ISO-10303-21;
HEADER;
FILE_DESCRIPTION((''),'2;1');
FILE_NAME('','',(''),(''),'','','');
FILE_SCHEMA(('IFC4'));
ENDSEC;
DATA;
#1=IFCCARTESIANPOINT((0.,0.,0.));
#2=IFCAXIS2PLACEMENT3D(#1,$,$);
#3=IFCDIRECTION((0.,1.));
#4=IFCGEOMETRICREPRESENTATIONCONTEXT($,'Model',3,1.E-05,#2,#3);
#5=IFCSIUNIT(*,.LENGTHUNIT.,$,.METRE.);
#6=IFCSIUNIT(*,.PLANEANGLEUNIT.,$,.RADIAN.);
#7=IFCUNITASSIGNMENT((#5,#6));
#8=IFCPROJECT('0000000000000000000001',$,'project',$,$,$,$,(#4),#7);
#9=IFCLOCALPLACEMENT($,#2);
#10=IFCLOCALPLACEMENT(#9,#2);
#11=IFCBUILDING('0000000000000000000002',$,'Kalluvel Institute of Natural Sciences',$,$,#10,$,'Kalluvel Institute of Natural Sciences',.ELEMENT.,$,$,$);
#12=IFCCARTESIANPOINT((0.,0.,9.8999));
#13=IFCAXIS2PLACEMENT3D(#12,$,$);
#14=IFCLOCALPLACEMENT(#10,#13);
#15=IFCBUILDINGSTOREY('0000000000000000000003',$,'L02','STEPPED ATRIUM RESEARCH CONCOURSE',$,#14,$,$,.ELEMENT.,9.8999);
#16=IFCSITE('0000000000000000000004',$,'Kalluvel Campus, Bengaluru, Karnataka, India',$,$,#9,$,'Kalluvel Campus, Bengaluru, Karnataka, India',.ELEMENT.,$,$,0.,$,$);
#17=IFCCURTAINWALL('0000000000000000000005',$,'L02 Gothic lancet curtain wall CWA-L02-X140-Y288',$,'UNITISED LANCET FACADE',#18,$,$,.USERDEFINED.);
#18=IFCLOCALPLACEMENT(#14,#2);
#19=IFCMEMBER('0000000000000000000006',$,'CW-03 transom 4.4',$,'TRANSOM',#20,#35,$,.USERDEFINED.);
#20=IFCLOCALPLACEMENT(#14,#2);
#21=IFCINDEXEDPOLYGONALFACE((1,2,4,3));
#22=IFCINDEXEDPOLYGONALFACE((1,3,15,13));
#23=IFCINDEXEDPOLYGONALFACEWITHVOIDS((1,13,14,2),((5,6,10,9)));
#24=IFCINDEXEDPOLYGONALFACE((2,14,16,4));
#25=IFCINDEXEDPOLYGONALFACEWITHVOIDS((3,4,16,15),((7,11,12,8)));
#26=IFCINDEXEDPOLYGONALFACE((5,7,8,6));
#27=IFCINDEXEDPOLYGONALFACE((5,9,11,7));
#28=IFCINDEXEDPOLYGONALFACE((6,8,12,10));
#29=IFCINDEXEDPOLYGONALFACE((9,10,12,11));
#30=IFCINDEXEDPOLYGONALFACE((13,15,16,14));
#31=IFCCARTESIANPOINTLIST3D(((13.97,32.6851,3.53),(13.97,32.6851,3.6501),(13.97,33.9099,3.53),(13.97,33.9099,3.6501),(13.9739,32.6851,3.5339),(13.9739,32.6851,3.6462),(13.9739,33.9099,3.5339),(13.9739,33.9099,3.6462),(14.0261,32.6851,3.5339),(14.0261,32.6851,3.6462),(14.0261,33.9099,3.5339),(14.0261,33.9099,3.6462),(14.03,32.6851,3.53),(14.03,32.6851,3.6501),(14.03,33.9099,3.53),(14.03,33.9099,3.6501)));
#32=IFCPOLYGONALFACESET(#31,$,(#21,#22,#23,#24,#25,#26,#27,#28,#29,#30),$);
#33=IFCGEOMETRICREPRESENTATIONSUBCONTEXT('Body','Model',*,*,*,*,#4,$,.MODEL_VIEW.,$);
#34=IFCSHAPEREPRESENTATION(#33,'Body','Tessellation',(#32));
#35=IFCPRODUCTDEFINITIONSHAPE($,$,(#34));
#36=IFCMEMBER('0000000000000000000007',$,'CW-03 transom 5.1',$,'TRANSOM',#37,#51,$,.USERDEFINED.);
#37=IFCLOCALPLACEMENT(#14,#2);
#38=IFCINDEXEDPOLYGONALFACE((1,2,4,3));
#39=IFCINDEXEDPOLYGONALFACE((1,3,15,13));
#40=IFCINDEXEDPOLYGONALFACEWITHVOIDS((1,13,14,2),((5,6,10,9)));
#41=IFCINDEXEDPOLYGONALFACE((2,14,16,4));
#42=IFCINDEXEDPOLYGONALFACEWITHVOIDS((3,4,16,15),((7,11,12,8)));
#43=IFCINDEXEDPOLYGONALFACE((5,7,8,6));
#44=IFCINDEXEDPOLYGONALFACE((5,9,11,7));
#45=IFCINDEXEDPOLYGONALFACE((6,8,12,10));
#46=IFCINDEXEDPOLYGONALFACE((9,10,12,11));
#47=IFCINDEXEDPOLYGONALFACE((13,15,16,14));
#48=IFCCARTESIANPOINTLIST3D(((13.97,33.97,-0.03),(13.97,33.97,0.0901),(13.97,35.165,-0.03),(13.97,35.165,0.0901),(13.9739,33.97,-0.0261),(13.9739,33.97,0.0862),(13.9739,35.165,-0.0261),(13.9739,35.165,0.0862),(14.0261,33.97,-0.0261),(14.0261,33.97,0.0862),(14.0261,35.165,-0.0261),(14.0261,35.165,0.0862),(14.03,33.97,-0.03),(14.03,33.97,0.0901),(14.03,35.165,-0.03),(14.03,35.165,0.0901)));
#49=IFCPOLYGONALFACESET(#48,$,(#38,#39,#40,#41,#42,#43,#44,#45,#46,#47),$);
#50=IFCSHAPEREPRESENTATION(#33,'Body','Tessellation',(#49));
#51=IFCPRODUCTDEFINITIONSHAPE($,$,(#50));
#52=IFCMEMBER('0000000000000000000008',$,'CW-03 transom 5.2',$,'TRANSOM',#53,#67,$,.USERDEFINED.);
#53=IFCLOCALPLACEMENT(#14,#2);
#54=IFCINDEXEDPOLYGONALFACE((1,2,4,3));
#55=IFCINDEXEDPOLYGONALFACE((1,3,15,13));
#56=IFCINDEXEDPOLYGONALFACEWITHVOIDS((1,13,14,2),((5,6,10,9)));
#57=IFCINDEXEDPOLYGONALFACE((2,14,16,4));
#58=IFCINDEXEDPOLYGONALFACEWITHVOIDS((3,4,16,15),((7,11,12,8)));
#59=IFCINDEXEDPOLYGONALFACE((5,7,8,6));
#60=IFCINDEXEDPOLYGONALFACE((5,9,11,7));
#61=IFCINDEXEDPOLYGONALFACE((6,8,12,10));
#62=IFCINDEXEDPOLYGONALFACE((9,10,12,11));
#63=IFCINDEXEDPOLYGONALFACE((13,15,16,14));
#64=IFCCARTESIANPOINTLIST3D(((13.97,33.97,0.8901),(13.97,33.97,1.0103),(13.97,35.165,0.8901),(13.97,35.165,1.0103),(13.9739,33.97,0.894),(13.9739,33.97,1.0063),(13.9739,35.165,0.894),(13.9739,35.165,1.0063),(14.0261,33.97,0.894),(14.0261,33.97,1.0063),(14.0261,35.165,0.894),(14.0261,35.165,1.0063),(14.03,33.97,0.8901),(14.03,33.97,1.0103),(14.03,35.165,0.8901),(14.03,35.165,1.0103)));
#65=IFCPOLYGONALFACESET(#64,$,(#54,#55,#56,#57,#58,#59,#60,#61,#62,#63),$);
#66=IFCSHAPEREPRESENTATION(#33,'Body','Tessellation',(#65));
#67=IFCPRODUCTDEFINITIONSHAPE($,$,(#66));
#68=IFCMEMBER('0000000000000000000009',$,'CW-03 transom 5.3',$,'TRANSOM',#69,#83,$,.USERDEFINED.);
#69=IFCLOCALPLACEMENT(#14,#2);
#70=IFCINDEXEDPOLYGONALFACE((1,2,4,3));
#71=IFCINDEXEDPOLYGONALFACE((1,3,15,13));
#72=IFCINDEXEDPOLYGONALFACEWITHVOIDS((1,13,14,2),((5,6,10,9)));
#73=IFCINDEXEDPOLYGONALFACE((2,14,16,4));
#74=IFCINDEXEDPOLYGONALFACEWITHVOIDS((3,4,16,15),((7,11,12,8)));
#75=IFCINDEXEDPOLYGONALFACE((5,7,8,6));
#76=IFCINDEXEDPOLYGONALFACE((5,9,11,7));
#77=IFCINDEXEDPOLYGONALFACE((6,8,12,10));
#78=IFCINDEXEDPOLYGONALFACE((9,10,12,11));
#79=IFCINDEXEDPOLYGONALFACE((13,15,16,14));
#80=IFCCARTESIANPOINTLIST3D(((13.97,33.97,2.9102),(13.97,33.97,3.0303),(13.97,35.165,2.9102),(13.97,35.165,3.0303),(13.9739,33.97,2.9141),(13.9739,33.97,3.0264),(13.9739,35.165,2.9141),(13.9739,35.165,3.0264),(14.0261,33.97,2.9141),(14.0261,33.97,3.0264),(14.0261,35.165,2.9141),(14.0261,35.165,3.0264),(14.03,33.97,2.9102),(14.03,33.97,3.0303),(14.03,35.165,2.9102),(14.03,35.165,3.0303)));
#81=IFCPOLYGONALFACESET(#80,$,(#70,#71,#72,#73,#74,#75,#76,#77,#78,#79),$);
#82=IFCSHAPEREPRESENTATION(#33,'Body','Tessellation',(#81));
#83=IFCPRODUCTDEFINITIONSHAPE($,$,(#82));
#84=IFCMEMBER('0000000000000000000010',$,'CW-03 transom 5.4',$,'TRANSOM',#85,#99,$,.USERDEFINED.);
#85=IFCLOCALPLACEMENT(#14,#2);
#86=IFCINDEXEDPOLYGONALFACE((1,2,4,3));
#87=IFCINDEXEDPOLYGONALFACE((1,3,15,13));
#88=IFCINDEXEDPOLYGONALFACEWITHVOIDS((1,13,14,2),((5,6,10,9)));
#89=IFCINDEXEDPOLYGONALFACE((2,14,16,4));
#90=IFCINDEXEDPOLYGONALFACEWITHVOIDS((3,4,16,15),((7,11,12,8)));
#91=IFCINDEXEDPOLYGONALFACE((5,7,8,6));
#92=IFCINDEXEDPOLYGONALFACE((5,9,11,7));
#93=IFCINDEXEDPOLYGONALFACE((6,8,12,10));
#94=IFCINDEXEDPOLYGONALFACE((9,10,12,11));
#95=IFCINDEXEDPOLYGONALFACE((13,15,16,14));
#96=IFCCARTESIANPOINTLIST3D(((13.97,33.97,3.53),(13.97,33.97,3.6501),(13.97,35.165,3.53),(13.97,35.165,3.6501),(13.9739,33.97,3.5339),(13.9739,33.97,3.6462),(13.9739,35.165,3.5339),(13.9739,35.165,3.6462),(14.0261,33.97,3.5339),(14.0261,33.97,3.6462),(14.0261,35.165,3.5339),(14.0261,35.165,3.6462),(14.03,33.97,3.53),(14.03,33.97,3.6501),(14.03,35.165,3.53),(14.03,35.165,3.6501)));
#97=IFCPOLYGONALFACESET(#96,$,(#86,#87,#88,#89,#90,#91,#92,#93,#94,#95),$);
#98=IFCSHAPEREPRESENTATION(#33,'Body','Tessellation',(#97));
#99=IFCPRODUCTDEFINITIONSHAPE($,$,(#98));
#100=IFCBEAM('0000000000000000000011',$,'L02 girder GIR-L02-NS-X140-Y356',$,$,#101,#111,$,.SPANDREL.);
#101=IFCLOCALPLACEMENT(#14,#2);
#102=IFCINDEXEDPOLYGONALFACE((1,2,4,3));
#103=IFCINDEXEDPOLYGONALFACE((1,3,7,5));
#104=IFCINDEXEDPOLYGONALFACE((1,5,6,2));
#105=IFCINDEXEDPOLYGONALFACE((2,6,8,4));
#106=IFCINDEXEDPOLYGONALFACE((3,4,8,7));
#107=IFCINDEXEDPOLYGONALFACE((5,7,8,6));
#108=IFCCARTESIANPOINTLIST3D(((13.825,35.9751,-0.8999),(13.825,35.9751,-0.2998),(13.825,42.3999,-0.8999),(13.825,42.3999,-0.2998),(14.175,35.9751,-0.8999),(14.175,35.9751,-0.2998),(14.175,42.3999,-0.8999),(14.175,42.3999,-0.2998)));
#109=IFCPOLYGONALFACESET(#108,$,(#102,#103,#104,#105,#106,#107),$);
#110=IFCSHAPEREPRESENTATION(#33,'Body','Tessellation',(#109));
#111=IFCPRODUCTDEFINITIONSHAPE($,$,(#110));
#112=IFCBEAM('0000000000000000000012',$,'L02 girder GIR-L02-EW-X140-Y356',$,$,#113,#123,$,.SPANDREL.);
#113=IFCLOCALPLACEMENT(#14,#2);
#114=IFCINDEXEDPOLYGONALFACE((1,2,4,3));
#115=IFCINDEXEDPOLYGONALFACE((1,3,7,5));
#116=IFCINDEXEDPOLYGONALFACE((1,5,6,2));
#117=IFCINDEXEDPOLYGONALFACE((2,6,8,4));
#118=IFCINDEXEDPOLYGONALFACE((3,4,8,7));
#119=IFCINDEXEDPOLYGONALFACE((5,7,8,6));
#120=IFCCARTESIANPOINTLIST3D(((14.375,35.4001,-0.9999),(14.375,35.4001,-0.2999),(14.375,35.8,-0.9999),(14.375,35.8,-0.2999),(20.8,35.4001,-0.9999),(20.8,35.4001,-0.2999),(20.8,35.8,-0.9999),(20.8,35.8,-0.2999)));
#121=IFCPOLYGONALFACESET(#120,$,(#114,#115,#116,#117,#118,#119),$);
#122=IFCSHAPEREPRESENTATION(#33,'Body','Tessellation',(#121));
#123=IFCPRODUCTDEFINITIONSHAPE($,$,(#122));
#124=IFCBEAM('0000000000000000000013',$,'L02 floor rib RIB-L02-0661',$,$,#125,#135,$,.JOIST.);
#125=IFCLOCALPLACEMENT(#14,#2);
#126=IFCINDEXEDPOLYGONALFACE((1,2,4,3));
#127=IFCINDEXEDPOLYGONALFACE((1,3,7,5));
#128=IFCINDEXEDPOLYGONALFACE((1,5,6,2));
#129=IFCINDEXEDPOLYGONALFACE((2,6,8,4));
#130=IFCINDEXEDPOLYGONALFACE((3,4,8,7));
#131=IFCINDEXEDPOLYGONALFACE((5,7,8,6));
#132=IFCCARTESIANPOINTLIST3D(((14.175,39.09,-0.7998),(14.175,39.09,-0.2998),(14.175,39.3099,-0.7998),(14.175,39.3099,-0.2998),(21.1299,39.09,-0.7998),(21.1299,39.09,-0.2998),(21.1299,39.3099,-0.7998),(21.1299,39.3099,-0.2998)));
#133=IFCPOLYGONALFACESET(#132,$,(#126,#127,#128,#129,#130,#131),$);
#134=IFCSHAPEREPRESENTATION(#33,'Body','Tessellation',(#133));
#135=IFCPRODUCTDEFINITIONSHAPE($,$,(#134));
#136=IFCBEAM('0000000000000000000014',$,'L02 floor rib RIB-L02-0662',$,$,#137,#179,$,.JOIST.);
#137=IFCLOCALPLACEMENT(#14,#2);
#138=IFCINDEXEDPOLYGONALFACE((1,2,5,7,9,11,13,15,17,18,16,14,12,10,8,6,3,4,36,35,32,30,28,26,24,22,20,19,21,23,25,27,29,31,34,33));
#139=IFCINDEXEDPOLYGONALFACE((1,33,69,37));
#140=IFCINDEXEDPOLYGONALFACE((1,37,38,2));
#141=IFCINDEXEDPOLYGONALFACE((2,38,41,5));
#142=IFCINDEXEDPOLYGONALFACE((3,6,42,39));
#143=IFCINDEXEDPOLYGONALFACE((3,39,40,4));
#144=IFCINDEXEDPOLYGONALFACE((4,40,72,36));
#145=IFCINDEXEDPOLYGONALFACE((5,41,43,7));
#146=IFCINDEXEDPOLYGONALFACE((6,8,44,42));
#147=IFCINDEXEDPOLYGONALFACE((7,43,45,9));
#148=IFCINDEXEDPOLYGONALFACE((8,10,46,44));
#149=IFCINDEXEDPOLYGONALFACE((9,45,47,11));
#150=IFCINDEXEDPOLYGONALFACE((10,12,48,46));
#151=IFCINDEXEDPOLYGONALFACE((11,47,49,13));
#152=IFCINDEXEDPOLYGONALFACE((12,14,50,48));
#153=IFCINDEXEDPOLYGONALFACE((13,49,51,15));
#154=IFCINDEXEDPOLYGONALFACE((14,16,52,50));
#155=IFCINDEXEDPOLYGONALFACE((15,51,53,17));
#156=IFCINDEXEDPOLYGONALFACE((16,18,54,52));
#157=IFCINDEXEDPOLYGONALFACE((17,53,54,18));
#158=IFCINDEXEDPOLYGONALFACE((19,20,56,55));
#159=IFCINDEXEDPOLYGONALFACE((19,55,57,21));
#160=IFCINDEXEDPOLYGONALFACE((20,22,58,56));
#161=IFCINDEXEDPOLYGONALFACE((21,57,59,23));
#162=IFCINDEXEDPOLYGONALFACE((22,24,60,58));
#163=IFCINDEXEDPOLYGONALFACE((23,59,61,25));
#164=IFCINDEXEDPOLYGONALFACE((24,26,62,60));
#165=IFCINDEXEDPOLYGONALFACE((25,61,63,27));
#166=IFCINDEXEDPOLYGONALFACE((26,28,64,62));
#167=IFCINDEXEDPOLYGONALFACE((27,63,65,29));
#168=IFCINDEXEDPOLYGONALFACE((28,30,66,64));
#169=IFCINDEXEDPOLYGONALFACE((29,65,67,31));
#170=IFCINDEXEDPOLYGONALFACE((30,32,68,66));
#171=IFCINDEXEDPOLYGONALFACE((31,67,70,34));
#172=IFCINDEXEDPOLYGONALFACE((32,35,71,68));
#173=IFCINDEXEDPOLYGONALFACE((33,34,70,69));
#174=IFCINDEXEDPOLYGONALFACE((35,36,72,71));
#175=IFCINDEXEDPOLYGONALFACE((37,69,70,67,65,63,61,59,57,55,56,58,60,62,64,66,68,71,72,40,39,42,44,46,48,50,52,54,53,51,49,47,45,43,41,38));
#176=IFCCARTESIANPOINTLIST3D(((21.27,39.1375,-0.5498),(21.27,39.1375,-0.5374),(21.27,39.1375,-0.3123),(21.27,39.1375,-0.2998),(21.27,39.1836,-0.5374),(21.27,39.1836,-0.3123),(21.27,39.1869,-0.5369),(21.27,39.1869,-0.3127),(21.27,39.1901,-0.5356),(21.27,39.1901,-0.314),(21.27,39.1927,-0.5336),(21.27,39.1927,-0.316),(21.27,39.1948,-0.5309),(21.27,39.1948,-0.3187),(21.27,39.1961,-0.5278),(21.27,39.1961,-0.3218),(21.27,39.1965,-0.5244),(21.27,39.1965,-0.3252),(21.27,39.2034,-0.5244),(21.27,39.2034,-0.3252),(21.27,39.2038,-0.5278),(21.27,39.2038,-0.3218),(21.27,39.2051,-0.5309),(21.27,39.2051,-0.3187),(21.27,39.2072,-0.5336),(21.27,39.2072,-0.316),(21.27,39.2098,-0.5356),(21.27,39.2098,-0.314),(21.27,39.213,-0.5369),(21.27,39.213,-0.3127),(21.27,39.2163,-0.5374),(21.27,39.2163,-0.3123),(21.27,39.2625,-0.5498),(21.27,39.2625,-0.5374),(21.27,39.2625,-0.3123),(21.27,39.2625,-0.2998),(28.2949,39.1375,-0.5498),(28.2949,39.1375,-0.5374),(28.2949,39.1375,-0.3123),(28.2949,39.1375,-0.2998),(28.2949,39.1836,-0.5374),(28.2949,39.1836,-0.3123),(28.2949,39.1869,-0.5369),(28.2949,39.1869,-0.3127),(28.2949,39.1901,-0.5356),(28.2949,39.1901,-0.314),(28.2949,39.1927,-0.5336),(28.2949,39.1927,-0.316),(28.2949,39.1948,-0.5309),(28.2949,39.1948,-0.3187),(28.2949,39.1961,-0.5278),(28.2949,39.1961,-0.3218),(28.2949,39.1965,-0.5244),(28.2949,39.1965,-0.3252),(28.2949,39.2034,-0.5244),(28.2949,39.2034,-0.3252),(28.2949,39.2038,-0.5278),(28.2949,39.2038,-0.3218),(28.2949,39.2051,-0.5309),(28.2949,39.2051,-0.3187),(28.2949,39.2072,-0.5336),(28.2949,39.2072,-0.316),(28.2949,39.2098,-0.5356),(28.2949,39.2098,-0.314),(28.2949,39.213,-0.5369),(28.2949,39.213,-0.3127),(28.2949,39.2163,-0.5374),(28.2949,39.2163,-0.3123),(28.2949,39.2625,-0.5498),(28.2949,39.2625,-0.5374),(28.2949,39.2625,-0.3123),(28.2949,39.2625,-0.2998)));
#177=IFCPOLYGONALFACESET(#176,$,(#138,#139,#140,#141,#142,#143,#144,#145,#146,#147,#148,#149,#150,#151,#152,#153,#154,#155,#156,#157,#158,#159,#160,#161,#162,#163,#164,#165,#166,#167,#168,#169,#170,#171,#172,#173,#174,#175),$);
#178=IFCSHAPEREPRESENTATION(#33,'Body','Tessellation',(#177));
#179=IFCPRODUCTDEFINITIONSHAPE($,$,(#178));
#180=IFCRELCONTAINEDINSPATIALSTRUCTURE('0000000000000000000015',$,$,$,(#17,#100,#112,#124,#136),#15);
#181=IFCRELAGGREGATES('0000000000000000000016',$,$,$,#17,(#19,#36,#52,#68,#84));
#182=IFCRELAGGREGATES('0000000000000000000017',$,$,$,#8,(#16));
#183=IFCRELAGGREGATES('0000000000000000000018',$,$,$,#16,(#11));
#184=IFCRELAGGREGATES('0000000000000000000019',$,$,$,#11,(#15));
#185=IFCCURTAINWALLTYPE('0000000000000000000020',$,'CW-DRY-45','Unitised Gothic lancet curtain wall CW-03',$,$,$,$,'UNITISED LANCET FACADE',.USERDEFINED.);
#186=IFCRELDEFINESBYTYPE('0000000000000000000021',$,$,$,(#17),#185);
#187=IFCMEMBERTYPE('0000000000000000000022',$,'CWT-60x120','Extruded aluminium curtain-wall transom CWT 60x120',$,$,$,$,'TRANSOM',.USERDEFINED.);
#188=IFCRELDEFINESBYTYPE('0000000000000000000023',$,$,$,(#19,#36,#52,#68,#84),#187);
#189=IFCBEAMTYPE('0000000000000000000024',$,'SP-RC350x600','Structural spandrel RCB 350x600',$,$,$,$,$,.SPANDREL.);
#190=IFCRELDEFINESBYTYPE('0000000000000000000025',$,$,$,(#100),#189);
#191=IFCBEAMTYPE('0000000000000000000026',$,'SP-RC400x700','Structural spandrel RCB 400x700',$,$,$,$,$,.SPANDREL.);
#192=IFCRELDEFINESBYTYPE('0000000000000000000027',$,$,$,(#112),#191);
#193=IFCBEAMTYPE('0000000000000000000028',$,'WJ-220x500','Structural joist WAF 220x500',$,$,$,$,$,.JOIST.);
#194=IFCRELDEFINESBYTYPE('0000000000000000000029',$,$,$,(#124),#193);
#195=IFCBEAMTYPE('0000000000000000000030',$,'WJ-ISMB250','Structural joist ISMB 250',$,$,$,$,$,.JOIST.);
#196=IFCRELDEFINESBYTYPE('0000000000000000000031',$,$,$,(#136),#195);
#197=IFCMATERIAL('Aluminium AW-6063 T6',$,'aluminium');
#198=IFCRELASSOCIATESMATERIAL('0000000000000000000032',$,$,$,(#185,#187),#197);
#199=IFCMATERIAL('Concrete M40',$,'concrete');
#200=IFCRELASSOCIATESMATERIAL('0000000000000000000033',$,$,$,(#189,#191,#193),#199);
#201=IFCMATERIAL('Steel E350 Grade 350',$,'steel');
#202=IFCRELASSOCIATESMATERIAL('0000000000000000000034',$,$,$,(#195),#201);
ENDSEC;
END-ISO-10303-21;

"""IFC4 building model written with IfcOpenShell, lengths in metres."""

from ifc_helpers import new_model, si_unit, direction, frame, origin, origin_2d, place, context, subcontext, project, spatial, rectangle, hollow_rectangle, i_section, extrude, material, material_profile, profile_set, type_object, element, aggregate, save


model = new_model("IFC4")

# Units and contexts
model_context = context("Model", 3, precision=1e-05, world=origin(), true_north=direction((0.0, 1.0)))
body_context = subcontext(model_context, "Body", "Model", "MODEL_VIEW")
ifc_project = project(units=[si_unit("LENGTHUNIT", "METRE"), si_unit("PLANEANGLEUNIT", "RADIAN")], contexts=[model_context])

# Site, building, storey
site_placement = place(None, origin())
site = spatial("IfcSite", under=ifc_project, at=site_placement, Name="Kalluvel Campus, Bengaluru, Karnataka, India", LongName="Kalluvel Campus, Bengaluru, Karnataka, India", CompositionType="ELEMENT", RefElevation=0.0)
building_placement = place(site_placement, origin())
building = spatial("IfcBuilding", under=site, at=building_placement, Name="Kalluvel Institute of Natural Sciences", LongName="Kalluvel Institute of Natural Sciences", CompositionType="ELEMENT")
storey_placement = place(building_placement, frame((0.0, 0.0, 9.8999)))
storey = spatial("IfcBuildingStorey", under=building, at=storey_placement, Name="L02", Description="STEPPED ATRIUM RESEARCH CONCOURSE", CompositionType="ELEMENT", Elevation=9.8999)

# Shared definitions
ifc_material_1 = material(Name="Concrete M40", Category="concrete")

# Shared definitions
ifc_material_2 = material(Name="Steel E350 Grade 350", Category="steel")

# Curtain wall, members
ifc_material_3 = material(Name="Aluminium AW-6063 T6", Category="aluminium")
curtain_wall_type = type_object("IfcCurtainWallType", Name="CW-DRY-45", Description="Unitised Gothic lancet curtain wall CW-03", ElementType="UNITISED LANCET FACADE", PredefinedType="USERDEFINED", material=ifc_material_3)
curtain_wall_placement = place(storey_placement, origin())
curtain_wall = element("IfcCurtainWall", 1, at=curtain_wall_placement, inside=storey, type_object=curtain_wall_type, Name="L02 Gothic lancet curtain wall CWA-L02-X140-Y288", ObjectType="UNITISED LANCET FACADE", PredefinedType="USERDEFINED")
ifc_material_profile_1 = material_profile(ifc_material_3, hollow_rectangle(XDim=0.0601, YDim=0.1201, WallThickness=0.0039, at=origin_2d()), Name="CWT 60x120")
ifc_profile_set_1 = profile_set([ifc_material_profile_1], Name="Aluminium AW-6063 T6")
member_type_1 = type_object("IfcMemberType", Name="CWT-60x120", Description="Extruded aluminium curtain-wall transom CWT 60x120", ElementType="TRANSOM", PredefinedType="USERDEFINED", material=ifc_profile_set_1)
member_1_placement = place(storey_placement, frame((14.0, 32.6851, 3.5901), z_axis=(0.0, 1.0, 0.0), x_axis=(-1.0, 0.0, 0.0)))
member_1 = element("IfcMember", 2, at=member_1_placement, type_object=member_type_1, Name="CW-03 transom 4.4", ObjectType="TRANSOM", PredefinedType="USERDEFINED", context=body_context, shape_type="SweptSolid", body=[
    extrude(hollow_rectangle(XDim=0.0601, YDim=0.1201, WallThickness=0.0039, at=origin_2d()), origin(), (0.0, 0.0, 1.0), 1.2249),
])
member_2_placement = place(storey_placement, frame((14.0, 33.97, 0.03), z_axis=(0.0, 1.0, 0.0), x_axis=(-1.0, 0.0, 0.0)))
member_2 = element("IfcMember", 3, at=member_2_placement, type_object=member_type_1, Name="CW-03 transom 5.1", ObjectType="TRANSOM", PredefinedType="USERDEFINED", context=body_context, shape_type="SweptSolid", body=[
    extrude(hollow_rectangle(XDim=0.0601, YDim=0.1201, WallThickness=0.0039, at=origin_2d()), origin(), (0.0, 0.0, 1.0), 1.1951),
])
member_3_placement = place(storey_placement, frame((14.0, 33.97, 0.9502), z_axis=(0.0, 1.0, 0.0), x_axis=(-1.0, 0.0, 0.0)))
member_3 = element("IfcMember", 4, at=member_3_placement, type_object=member_type_1, Name="CW-03 transom 5.2", ObjectType="TRANSOM", PredefinedType="USERDEFINED", context=body_context, shape_type="SweptSolid", body=[
    extrude(hollow_rectangle(XDim=0.0601, YDim=0.1201, WallThickness=0.0039, at=origin_2d()), origin(), (0.0, 0.0, 1.0), 1.1951),
])
member_4_placement = place(storey_placement, frame((14.0, 33.97, 2.9702), z_axis=(0.0, 1.0, 0.0), x_axis=(-1.0, 0.0, 0.0)))
member_4 = element("IfcMember", 5, at=member_4_placement, type_object=member_type_1, Name="CW-03 transom 5.3", ObjectType="TRANSOM", PredefinedType="USERDEFINED", context=body_context, shape_type="SweptSolid", body=[
    extrude(hollow_rectangle(XDim=0.0601, YDim=0.1201, WallThickness=0.0039, at=origin_2d()), origin(), (0.0, 0.0, 1.0), 1.1951),
])
member_5_placement = place(storey_placement, frame((14.0, 33.97, 3.5901), z_axis=(0.0, 1.0, 0.0), x_axis=(-1.0, 0.0, 0.0)))
member_5 = element("IfcMember", 6, at=member_5_placement, type_object=member_type_1, Name="CW-03 transom 5.4", ObjectType="TRANSOM", PredefinedType="USERDEFINED", context=body_context, shape_type="SweptSolid", body=[
    extrude(hollow_rectangle(XDim=0.0601, YDim=0.1201, WallThickness=0.0039, at=origin_2d()), origin(), (0.0, 0.0, 1.0), 1.1951),
])

# Beams
ifc_material_profile_2 = material_profile(ifc_material_1, rectangle(XDim=0.3501, YDim=0.6001, at=origin_2d()), Name="RCB 350x600")
ifc_profile_set_2 = profile_set([ifc_material_profile_2], Name="Concrete M40")
beam_type_1 = type_object("IfcBeamType", Name="SP-RC350x600", Description="Structural spandrel RCB 350x600", PredefinedType="SPANDREL", material=ifc_profile_set_2)
beam_1_placement = place(storey_placement, frame((14.0, 35.9751, -0.5999), z_axis=(0.0, 1.0, 0.0), x_axis=(-1.0, 0.0, 0.0)))
element("IfcBeam", 7, at=beam_1_placement, inside=storey, type_object=beam_type_1, Name="L02 girder GIR-L02-NS-X140-Y356", PredefinedType="SPANDREL", context=body_context, shape_type="SweptSolid", body=[
    extrude(rectangle(XDim=0.3501, YDim=0.6001, at=origin_2d()), origin(), (0.0, 0.0, 1.0), 6.4248),
])
ifc_material_profile_3 = material_profile(ifc_material_1, rectangle(XDim=0.3999, YDim=0.7, at=origin_2d()), Name="RCB 400x700")
ifc_profile_set_3 = profile_set([ifc_material_profile_3], Name="Concrete M40")
beam_type_2 = type_object("IfcBeamType", Name="SP-RC400x700", Description="Structural spandrel RCB 400x700", PredefinedType="SPANDREL", material=ifc_profile_set_3)
beam_2_placement = place(storey_placement, frame((14.375, 35.6001, -0.6499), z_axis=(1.0, 0.0, 0.0), x_axis=(0.0, 1.0, 0.0)))
element("IfcBeam", 8, at=beam_2_placement, inside=storey, type_object=beam_type_2, Name="L02 girder GIR-L02-EW-X140-Y356", PredefinedType="SPANDREL", context=body_context, shape_type="SweptSolid", body=[
    extrude(rectangle(XDim=0.3999, YDim=0.7, at=origin_2d()), origin(), (0.0, 0.0, 1.0), 6.425),
])
ifc_material_profile_4 = material_profile(ifc_material_1, rectangle(XDim=0.22, YDim=0.5, at=origin_2d()), Name="WAF 220x500")
ifc_profile_set_4 = profile_set([ifc_material_profile_4], Name="Concrete M40")
beam_type_3 = type_object("IfcBeamType", Name="WJ-220x500", Description="Structural joist WAF 220x500", PredefinedType="JOIST", material=ifc_profile_set_4)
beam_3_placement = place(storey_placement, frame((14.175, 39.2, -0.5498), z_axis=(1.0, 0.0, 0.0), x_axis=(0.0, 1.0, 0.0)))
element("IfcBeam", 9, at=beam_3_placement, inside=storey, type_object=beam_type_3, Name="L02 floor rib RIB-L02-0661", PredefinedType="JOIST", context=body_context, shape_type="SweptSolid", body=[
    extrude(rectangle(XDim=0.22, YDim=0.5, at=origin_2d()), origin(), (0.0, 0.0, 1.0), 6.9548),
])
ifc_material_profile_5 = material_profile(ifc_material_2, i_section(OverallWidth=0.125, OverallDepth=0.25, WebThickness=0.0068, FlangeThickness=0.0125, FilletRadius=0.0129, at=origin_2d()), Name="ISMB 250")
ifc_profile_set_5 = profile_set([ifc_material_profile_5], Name="Steel E350 Grade 350")
beam_type_4 = type_object("IfcBeamType", Name="WJ-ISMB250", Description="Structural joist ISMB 250", PredefinedType="JOIST", material=ifc_profile_set_5)
beam_4_placement = place(storey_placement, frame((21.27, 39.2, -0.4248), z_axis=(1.0, 0.0, 0.0), x_axis=(0.0, 1.0, 0.0)))
element("IfcBeam", 10, at=beam_4_placement, inside=storey, type_object=beam_type_4, Name="L02 floor rib RIB-L02-0662", PredefinedType="JOIST", context=body_context, shape_type="SweptSolid", body=[
    extrude(i_section(OverallWidth=0.125, OverallDepth=0.25, WebThickness=0.0068, FlangeThickness=0.0125, FilletRadius=0.0129, at=origin_2d()), origin(), (0.0, 0.0, 1.0), 7.0249),
])

aggregate(curtain_wall, [member_1, member_2, member_3, member_4, member_5])

save(model, "model.ifc")
